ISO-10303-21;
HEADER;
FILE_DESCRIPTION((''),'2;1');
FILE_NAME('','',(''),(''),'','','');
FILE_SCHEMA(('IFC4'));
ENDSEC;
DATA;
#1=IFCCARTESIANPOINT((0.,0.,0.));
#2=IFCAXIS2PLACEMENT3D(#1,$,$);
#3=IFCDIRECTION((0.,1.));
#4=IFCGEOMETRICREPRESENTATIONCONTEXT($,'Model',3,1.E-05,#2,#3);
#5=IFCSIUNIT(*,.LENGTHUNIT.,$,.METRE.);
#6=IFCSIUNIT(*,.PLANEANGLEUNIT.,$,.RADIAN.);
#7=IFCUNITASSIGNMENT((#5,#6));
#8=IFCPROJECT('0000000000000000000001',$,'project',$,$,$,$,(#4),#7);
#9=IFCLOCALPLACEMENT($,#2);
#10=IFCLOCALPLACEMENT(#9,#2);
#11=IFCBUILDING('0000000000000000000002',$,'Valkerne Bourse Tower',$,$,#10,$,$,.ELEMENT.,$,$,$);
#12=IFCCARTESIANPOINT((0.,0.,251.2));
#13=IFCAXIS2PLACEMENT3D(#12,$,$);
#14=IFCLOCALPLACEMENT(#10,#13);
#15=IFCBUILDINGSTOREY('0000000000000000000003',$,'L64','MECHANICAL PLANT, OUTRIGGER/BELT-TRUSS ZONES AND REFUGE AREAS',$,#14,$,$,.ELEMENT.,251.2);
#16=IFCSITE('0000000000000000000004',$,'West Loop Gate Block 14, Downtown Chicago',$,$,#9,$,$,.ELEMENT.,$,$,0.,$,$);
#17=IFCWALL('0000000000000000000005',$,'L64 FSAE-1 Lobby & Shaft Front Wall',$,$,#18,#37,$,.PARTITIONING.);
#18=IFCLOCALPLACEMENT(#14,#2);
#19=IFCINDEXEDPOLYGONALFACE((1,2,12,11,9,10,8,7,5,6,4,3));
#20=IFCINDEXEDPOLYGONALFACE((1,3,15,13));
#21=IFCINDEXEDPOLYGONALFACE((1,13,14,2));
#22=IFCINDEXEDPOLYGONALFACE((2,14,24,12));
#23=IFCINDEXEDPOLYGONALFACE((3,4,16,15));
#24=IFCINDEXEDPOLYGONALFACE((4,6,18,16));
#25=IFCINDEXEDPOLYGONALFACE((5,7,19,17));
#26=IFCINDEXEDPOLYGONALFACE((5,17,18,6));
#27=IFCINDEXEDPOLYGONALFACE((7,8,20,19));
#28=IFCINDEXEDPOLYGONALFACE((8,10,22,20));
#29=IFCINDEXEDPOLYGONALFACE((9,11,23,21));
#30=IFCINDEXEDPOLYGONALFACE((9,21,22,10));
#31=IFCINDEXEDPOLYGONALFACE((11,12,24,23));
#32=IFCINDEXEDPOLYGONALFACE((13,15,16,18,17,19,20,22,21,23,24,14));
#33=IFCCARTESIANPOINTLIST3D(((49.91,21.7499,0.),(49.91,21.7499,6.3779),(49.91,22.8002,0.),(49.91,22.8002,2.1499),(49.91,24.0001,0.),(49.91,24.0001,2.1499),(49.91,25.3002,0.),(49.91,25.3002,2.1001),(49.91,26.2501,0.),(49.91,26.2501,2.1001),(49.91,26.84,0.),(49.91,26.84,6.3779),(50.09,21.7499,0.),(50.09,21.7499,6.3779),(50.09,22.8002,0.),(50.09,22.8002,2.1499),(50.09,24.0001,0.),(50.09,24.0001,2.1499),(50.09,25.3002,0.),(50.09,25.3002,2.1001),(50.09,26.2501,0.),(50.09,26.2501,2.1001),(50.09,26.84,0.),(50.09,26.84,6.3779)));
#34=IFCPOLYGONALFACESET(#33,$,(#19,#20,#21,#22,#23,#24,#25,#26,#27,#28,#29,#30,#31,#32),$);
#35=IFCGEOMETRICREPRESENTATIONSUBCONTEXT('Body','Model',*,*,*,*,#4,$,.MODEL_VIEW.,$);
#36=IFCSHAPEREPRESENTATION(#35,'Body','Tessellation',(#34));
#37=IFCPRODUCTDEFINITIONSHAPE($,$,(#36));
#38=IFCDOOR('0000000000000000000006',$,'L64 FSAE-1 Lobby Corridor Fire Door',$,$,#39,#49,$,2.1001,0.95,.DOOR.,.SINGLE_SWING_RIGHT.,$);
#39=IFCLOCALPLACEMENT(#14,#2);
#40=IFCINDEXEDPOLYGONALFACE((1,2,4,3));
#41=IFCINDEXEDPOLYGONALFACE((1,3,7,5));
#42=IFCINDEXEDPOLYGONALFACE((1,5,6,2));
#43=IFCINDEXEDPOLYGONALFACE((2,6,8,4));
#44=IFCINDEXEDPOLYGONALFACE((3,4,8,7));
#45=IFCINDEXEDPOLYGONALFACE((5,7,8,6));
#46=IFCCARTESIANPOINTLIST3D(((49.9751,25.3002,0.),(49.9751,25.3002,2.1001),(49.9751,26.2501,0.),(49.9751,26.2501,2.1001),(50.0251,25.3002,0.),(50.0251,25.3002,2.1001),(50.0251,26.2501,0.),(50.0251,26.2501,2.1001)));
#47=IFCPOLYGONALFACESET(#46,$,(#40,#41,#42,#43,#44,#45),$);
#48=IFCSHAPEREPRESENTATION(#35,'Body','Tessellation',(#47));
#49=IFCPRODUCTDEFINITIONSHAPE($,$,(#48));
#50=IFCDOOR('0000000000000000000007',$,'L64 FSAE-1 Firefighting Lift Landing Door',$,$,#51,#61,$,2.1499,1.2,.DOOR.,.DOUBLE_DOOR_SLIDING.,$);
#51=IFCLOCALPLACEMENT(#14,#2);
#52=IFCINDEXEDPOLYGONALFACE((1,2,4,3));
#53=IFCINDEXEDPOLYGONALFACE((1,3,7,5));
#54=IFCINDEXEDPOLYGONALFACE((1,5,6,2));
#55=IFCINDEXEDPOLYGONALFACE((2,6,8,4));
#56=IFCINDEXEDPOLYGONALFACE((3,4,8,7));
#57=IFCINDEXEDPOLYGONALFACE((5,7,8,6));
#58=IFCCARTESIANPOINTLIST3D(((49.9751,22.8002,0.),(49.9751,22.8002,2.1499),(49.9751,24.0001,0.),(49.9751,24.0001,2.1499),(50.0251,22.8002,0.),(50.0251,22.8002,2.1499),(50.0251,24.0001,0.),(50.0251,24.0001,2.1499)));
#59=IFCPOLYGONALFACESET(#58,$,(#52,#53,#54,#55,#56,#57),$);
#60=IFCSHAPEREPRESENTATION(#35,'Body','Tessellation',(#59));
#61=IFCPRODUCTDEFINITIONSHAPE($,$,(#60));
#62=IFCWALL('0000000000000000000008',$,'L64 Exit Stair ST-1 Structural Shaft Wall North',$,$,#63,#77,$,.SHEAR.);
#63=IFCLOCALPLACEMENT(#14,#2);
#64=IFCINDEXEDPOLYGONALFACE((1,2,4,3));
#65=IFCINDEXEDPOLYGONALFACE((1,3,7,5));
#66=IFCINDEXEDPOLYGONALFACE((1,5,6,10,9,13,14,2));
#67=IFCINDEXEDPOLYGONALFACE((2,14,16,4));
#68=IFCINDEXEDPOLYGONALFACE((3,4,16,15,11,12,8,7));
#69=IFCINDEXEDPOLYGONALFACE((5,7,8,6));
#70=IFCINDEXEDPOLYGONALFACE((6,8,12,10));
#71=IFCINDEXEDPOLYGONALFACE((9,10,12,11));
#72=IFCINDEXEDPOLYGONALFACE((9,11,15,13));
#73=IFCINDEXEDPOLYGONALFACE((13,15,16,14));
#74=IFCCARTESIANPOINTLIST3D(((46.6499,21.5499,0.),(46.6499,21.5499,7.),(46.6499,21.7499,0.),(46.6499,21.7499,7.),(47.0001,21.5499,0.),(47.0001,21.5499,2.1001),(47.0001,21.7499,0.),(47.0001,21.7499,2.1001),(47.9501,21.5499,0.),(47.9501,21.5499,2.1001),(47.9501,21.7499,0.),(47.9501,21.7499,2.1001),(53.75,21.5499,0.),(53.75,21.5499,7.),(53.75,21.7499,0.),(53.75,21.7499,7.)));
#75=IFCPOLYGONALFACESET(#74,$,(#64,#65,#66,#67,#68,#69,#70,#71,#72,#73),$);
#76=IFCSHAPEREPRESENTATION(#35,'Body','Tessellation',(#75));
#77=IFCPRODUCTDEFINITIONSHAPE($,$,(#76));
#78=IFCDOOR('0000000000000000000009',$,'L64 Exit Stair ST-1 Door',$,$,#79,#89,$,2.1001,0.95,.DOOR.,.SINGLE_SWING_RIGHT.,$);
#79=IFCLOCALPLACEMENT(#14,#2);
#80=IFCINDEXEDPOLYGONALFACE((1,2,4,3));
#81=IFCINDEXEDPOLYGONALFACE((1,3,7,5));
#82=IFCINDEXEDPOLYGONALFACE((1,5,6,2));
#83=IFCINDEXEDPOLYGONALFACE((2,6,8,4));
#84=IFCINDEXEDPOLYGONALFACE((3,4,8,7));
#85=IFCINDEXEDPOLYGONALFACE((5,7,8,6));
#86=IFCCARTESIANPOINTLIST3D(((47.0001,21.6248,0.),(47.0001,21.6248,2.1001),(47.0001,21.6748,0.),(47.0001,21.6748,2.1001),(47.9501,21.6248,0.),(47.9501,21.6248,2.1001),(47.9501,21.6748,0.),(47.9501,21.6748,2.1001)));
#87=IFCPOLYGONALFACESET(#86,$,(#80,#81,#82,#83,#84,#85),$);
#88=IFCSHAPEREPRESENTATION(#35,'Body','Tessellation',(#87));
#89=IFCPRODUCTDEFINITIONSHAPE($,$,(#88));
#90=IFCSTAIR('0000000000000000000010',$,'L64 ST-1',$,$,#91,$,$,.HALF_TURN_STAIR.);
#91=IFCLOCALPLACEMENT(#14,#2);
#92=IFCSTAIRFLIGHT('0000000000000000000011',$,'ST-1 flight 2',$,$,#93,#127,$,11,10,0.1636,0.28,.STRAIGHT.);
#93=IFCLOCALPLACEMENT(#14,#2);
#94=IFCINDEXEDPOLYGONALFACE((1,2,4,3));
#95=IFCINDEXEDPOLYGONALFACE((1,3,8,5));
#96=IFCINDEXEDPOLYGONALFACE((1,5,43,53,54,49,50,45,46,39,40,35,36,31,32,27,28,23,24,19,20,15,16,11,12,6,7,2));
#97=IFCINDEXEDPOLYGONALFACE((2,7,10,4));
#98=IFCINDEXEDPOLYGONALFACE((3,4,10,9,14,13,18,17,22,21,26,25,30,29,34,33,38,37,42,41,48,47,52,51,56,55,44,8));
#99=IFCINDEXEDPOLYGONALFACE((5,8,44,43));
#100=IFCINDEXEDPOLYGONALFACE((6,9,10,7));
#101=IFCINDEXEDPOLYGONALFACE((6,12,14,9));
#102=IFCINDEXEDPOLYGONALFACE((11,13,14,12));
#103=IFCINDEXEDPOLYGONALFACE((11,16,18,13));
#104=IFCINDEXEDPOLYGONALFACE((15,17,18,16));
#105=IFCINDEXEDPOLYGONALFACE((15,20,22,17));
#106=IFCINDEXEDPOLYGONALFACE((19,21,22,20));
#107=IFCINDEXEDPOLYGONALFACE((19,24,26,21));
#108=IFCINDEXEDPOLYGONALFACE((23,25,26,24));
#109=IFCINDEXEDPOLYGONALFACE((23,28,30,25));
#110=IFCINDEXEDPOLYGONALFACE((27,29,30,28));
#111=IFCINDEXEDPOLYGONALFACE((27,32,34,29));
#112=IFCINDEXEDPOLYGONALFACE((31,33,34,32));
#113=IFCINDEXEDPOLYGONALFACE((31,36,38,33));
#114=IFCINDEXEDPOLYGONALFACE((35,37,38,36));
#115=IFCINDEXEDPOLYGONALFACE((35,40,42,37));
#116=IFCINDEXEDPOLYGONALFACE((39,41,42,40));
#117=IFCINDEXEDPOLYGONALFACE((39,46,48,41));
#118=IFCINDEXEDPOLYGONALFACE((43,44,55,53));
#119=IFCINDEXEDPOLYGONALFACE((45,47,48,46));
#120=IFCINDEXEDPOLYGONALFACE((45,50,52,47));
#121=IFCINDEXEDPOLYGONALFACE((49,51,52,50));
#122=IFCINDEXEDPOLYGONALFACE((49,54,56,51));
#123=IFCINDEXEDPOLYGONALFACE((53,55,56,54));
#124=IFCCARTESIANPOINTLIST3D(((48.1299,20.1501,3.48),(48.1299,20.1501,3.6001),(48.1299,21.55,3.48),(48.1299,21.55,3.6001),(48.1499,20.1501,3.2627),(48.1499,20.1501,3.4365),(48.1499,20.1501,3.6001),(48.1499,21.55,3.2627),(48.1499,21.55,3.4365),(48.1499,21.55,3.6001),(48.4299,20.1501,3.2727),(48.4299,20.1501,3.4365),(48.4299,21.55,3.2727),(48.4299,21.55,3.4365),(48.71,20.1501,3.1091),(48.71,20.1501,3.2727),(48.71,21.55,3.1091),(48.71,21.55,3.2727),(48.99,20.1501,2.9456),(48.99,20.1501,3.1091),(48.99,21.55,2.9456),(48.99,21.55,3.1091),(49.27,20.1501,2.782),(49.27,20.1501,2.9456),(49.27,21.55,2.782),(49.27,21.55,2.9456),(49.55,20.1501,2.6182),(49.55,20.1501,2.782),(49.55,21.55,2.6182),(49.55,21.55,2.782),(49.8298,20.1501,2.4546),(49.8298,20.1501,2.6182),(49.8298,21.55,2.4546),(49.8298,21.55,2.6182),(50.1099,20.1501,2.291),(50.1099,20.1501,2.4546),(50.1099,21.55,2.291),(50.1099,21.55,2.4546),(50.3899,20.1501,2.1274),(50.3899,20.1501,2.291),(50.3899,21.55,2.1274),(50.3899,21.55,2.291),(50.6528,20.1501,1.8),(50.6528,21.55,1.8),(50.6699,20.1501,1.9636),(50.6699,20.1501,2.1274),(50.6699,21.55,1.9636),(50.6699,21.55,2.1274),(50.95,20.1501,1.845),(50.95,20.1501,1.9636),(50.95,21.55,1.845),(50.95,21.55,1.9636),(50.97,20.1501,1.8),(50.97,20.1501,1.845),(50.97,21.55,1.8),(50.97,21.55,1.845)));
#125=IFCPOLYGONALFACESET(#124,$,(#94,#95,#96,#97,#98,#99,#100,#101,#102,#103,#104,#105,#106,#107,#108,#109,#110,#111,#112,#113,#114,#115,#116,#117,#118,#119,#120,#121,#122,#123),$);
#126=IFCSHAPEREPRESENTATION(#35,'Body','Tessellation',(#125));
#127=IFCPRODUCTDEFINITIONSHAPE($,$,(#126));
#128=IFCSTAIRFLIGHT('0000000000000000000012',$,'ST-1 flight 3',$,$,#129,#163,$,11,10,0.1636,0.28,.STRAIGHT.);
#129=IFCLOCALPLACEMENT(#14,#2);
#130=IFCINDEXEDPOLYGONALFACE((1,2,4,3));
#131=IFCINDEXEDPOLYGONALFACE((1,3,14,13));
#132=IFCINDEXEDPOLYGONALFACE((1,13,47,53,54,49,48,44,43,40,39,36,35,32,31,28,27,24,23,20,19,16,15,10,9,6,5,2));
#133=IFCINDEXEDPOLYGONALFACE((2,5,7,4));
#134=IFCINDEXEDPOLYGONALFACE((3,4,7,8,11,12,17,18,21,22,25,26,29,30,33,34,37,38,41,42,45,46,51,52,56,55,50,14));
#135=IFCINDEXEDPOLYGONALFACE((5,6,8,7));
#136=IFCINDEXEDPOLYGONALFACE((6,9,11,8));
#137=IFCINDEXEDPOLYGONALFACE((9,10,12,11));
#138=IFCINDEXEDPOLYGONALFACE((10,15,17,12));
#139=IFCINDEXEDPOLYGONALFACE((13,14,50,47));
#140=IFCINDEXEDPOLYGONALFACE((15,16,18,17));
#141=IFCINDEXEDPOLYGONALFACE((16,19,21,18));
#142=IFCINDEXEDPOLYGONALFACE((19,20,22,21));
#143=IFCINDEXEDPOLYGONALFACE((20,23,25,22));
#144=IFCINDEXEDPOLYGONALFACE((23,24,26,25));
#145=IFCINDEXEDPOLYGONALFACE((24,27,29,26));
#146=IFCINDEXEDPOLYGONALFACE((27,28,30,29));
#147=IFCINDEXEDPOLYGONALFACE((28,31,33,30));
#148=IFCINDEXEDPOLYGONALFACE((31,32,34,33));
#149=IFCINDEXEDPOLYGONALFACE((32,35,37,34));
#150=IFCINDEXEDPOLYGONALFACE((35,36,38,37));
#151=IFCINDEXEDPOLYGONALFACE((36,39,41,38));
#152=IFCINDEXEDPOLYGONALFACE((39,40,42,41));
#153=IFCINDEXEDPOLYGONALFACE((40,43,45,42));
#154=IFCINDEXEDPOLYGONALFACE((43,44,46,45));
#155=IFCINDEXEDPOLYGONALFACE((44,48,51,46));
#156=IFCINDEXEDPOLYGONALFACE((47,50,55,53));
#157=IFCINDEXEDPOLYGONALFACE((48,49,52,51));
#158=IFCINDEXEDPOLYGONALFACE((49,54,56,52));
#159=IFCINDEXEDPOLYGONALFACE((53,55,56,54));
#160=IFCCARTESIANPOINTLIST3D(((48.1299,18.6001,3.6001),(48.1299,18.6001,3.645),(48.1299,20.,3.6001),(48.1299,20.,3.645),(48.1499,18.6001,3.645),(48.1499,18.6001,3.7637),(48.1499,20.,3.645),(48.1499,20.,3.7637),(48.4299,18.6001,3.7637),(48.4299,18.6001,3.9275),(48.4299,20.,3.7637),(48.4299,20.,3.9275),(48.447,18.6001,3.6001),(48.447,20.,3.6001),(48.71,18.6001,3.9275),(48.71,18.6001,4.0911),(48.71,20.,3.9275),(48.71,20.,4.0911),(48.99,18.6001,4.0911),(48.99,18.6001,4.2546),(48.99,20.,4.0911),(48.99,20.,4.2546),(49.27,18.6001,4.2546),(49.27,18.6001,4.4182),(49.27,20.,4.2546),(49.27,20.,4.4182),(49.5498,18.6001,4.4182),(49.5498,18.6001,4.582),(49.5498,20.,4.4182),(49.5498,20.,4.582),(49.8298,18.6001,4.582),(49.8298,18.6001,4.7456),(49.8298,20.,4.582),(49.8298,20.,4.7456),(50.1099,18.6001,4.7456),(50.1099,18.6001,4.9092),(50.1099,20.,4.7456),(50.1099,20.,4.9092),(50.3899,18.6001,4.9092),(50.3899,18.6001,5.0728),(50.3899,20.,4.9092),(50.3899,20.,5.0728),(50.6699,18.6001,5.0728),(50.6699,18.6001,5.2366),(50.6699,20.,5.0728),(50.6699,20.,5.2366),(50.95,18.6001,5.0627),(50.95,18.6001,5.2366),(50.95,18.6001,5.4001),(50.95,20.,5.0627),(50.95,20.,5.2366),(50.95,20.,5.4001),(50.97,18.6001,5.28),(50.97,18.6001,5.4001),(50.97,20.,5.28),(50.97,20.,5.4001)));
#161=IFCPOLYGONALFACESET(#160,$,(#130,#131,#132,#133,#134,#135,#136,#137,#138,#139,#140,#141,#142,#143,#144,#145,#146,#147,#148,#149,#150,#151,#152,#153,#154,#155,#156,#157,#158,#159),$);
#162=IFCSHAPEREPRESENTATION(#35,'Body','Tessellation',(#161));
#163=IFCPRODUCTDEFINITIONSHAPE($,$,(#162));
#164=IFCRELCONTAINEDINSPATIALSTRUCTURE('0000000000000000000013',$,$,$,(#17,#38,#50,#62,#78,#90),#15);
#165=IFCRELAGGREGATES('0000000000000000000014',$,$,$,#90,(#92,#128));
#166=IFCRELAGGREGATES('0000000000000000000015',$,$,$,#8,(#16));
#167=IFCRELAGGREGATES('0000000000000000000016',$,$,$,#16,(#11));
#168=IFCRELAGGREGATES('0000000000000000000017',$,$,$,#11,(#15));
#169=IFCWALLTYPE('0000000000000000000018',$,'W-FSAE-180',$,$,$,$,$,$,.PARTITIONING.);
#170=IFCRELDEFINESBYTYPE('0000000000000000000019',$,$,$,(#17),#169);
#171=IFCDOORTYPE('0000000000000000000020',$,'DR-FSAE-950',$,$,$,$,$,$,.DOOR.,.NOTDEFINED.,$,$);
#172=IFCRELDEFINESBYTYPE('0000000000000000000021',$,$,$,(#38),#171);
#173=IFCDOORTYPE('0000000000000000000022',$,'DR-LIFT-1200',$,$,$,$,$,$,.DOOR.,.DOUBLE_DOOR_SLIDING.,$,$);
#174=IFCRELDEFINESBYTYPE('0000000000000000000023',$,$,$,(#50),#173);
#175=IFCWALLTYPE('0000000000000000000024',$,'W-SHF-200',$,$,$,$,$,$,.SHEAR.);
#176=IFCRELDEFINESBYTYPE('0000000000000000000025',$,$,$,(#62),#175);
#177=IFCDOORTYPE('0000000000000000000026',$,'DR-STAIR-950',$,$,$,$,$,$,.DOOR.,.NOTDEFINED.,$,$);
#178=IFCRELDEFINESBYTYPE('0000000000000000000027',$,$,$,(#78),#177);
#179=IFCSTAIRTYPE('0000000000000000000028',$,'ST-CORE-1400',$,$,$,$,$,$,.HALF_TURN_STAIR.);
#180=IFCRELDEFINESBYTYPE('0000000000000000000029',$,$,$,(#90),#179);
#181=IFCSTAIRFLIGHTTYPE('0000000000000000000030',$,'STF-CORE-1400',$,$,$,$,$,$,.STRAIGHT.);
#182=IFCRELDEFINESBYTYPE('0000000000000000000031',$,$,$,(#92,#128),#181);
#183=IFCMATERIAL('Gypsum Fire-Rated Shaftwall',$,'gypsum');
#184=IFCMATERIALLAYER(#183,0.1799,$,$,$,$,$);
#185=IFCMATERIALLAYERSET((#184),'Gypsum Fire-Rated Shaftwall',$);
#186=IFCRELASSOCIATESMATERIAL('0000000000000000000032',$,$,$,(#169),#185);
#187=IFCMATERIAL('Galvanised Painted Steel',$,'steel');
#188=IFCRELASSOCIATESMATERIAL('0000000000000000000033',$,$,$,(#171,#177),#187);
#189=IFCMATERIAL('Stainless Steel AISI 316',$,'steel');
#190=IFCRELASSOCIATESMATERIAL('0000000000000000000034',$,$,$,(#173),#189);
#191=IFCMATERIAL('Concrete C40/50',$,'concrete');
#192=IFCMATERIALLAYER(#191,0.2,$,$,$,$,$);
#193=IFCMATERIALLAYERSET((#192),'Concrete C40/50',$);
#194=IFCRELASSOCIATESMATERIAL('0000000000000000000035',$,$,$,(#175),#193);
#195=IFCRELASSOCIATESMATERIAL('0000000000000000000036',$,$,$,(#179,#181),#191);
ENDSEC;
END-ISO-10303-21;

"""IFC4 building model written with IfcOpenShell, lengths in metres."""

from ifc_helpers import new_model, si_unit, direction, frame, frame_2d, origin, place, context, subcontext, project, spatial, polyline, rectangle, outline, extrude, material, layer, layer_set, type_object, element, fill, aggregate, save


model = new_model("IFC4")

# Units and contexts
model_context = context("Model", 3, precision=1e-05, world=origin(), true_north=direction((0.0, 1.0)))
body_context = subcontext(model_context, "Body", "Model", "MODEL_VIEW")
ifc_project = project(units=[si_unit("LENGTHUNIT", "METRE"), si_unit("PLANEANGLEUNIT", "RADIAN")], contexts=[model_context])

# Site, building, storey
site_placement = place(None, origin())
site = spatial("IfcSite", under=ifc_project, at=site_placement, Name="West Loop Gate Block 14, Downtown Chicago", CompositionType="ELEMENT", RefElevation=0.0)
building_placement = place(site_placement, origin())
building = spatial("IfcBuilding", under=site, at=building_placement, Name="Valkerne Bourse Tower", CompositionType="ELEMENT")
storey_placement = place(building_placement, frame((0.0, 0.0, 251.2)))
storey = spatial("IfcBuildingStorey", under=building, at=storey_placement, Name="L64", Description="MECHANICAL PLANT, OUTRIGGER/BELT-TRUSS ZONES AND REFUGE AREAS", CompositionType="ELEMENT", Elevation=251.2)

# Shared definitions
ifc_material_1 = material(Name="Gypsum Fire-Rated Shaftwall", Category="gypsum")
ifc_layer_1 = layer(ifc_material_1, 0.1799)
ifc_layer_set_1 = layer_set([ifc_layer_1], Name="Gypsum Fire-Rated Shaftwall")
wall_type_1 = type_object("IfcWallType", Name="W-FSAE-180", PredefinedType="PARTITIONING", material=ifc_layer_set_1)

# Wall, openings, doors
wall_1_placement = place(storey_placement, frame((50.0, 21.75, 0.0), z_axis=(0.0, 0.0, 1.0), x_axis=(0.0, 1.0, 0.0)))
wall_1 = element("IfcWall", 1, at=wall_1_placement, inside=storey, type_object=wall_type_1, Name="L64 FSAE-1 Lobby & Shaft Front Wall", PredefinedType="PARTITIONING", context=body_context, shape_type="SweptSolid", body=[
    extrude(rectangle(XDim=5.0901, YDim=0.1799, at=frame_2d((2.5449, 0.0))), origin(), (0.0, 0.0, 1.0), 6.3779),
])
opening_1_placement = place(wall_1_placement, frame((1.05, 0.0, 0.0)))
opening_1 = element("IfcOpeningElement", 2, at=opening_1_placement, cuts=wall_1, PredefinedType="OPENING", context=body_context, shape_type="SweptSolid", body=[
    extrude(rectangle(XDim=1.2, YDim=2.1499, at=frame_2d((0.6001, 1.075))), frame((0.0, 0.0999, 0.0), z_axis=(0.0, -1.0, 0.0), x_axis=(1.0, 0.0, 0.0)), (0.0, 0.0, 1.0), 0.2),
])
opening_2_placement = place(wall_1_placement, frame((3.55, 0.0, 0.0)))
opening_2 = element("IfcOpeningElement", 3, at=opening_2_placement, cuts=wall_1, PredefinedType="OPENING", context=body_context, shape_type="SweptSolid", body=[
    extrude(rectangle(XDim=0.95, YDim=2.1001, at=frame_2d((0.4751, 1.05))), frame((0.0, 0.0999, 0.0), z_axis=(0.0, -1.0, 0.0), x_axis=(1.0, 0.0, 0.0)), (0.0, 0.0, 1.0), 0.2),
])
ifc_material_2 = material(Name="Galvanised Painted Steel", Category="steel")
door_type_1 = type_object("IfcDoorType", Name="DR-FSAE-950", OperationType="NOTDEFINED", PredefinedType="DOOR", material=ifc_material_2)
door_1_placement = place(opening_2_placement, origin())
door_1 = element("IfcDoor", 4, at=door_1_placement, inside=storey, type_object=door_type_1, Name="L64 FSAE-1 Lobby Corridor Fire Door", OperationType="SINGLE_SWING_RIGHT", OverallHeight=2.1001, OverallWidth=0.95, PredefinedType="DOOR", context=body_context, shape_type="SweptSolid", body=[
    extrude(rectangle(XDim=0.95, YDim=2.1001, at=frame_2d((0.4751, 1.05))), frame((0.0, 0.0249, 0.0), z_axis=(0.0, -1.0, 0.0), x_axis=(1.0, 0.0, 0.0)), (0.0, 0.0, 1.0), 0.05),
])
fill(opening_2, door_1)
ifc_material_3 = material(Name="Stainless Steel AISI 316", Category="steel")
door_type_2 = type_object("IfcDoorType", Name="DR-LIFT-1200", OperationType="DOUBLE_DOOR_SLIDING", PredefinedType="DOOR", material=ifc_material_3)
door_2_placement = place(opening_1_placement, origin())
door_2 = element("IfcDoor", 5, at=door_2_placement, inside=storey, type_object=door_type_2, Name="L64 FSAE-1 Firefighting Lift Landing Door", OperationType="DOUBLE_DOOR_SLIDING", OverallHeight=2.1499, OverallWidth=1.2, PredefinedType="DOOR", context=body_context, shape_type="SweptSolid", body=[
    extrude(rectangle(XDim=1.2, YDim=2.1499, at=frame_2d((0.6001, 1.075))), frame((0.0, 0.0249, 0.0), z_axis=(0.0, -1.0, 0.0), x_axis=(1.0, 0.0, 0.0)), (0.0, 0.0, 1.0), 0.05),
])
fill(opening_1, door_2)

# Wall, opening, door
ifc_material_4 = material(Name="Concrete C40/50", Category="concrete")
ifc_layer_2 = layer(ifc_material_4, 0.2)
ifc_layer_set_2 = layer_set([ifc_layer_2], Name="Concrete C40/50")
wall_type_2 = type_object("IfcWallType", Name="W-SHF-200", PredefinedType="SHEAR", material=ifc_layer_set_2)
wall_2_placement = place(storey_placement, frame((46.6499, 21.6499, 0.0), z_axis=(0.0, 0.0, 1.0), x_axis=(1.0, 0.0, 0.0)))
wall_2 = element("IfcWall", 6, at=wall_2_placement, inside=storey, type_object=wall_type_2, Name="L64 Exit Stair ST-1 Structural Shaft Wall North", PredefinedType="SHEAR", context=body_context, shape_type="SweptSolid", body=[
    extrude(rectangle(XDim=7.1001, YDim=0.2, at=frame_2d((3.55, 0.0))), origin(), (0.0, 0.0, 1.0), 7.0),
])
opening_3_placement = place(wall_2_placement, frame((0.3501, 0.0, 0.0)))
opening_3 = element("IfcOpeningElement", 7, at=opening_3_placement, cuts=wall_2, PredefinedType="OPENING", context=body_context, shape_type="SweptSolid", body=[
    extrude(rectangle(XDim=0.95, YDim=2.1001, at=frame_2d((0.4751, 1.05))), frame((0.0, 0.1099, 0.0), z_axis=(0.0, -1.0, 0.0), x_axis=(1.0, 0.0, 0.0)), (0.0, 0.0, 1.0), 0.22),
])
door_type_3 = type_object("IfcDoorType", Name="DR-STAIR-950", OperationType="NOTDEFINED", PredefinedType="DOOR", material=ifc_material_2)
door_3_placement = place(opening_3_placement, origin())
door_3 = element("IfcDoor", 8, at=door_3_placement, inside=storey, type_object=door_type_3, Name="L64 Exit Stair ST-1 Door", OperationType="SINGLE_SWING_RIGHT", OverallHeight=2.1001, OverallWidth=0.95, PredefinedType="DOOR", context=body_context, shape_type="SweptSolid", body=[
    extrude(rectangle(XDim=0.95, YDim=2.1001, at=frame_2d((0.4751, 1.05))), frame((0.0, 0.0249, 0.0), z_axis=(0.0, -1.0, 0.0), x_axis=(1.0, 0.0, 0.0)), (0.0, 0.0, 1.0), 0.05),
])
fill(opening_3, door_3)

# Stair, stair flights
stair_type = type_object("IfcStairType", Name="ST-CORE-1400", PredefinedType="HALF_TURN_STAIR", material=ifc_material_4)
stair_placement = place(storey_placement, origin())
stair = element("IfcStair", 9, at=stair_placement, inside=storey, type_object=stair_type, Name="L64 ST-1", PredefinedType="HALF_TURN_STAIR")
stair_flight_type = type_object("IfcStairFlightType", Name="STF-CORE-1400", PredefinedType="STRAIGHT", material=ifc_material_4)
stair_flight_1_placement = place(storey_placement, frame((50.95, 20.8501, 1.8), z_axis=(0.0, 0.0, 1.0), x_axis=(-1.0, 0.0, 0.0)))
stair_flight_1 = element("IfcStairFlight", 10, at=stair_flight_1_placement, type_object=stair_flight_type, Name="ST-1 flight 2", NumberOfRisers=11, NumberOfTreads=10, PredefinedType="STRAIGHT", RiserHeight=0.1636, TreadLength=0.28, context=body_context, shape_type="SweptSolid", body=[
    extrude(outline(polyline([(-0.02, 0.0), (-0.02, 0.0449), (0.0, 0.0449), (0.0, 0.1636), (0.28, 0.1636), (0.28, 0.3274), (0.5601, 0.3274), (0.5601, 0.491), (0.8401, 0.491), (0.8401, 0.6545), (1.1201, 0.6545), (1.1201, 0.8181), (1.3999, 0.8181), (1.3999, 0.9819), (1.6799, 0.9819), (1.6799, 1.1455), (1.96, 1.1455), (1.96, 1.3091), (2.24, 1.3091), (2.24, 1.4727), (2.52, 1.4727), (2.52, 1.6365), (2.8, 1.6365), (2.8, 1.8), (2.8201, 1.8), (2.8201, 1.6799), (2.8, 1.4626), (0.2971, 0.0), (-0.02, 0.0)])), frame((0.0, 0.7, 0.0), z_axis=(0.0, -1.0, 0.0), x_axis=(1.0, 0.0, 0.0)), (0.0, 0.0, 1.0), 1.3999),
])
stair_flight_2_placement = place(storey_placement, frame((48.1499, 19.3, 3.6001), z_axis=(0.0, 0.0, 1.0), x_axis=(1.0, 0.0, 0.0)))
stair_flight_2 = element("IfcStairFlight", 11, at=stair_flight_2_placement, type_object=stair_flight_type, Name="ST-1 flight 3", NumberOfRisers=11, NumberOfTreads=10, PredefinedType="STRAIGHT", RiserHeight=0.1636, TreadLength=0.28, context=body_context, shape_type="SweptSolid", body=[
    extrude(outline(polyline([(-0.02, 0.0), (-0.02, 0.0449), (0.0, 0.0449), (0.0, 0.1636), (0.28, 0.1636), (0.28, 0.3274), (0.5601, 0.3274), (0.5601, 0.491), (0.8401, 0.491), (0.8401, 0.6545), (1.1201, 0.6545), (1.1201, 0.8181), (1.3999, 0.8181), (1.3999, 0.9819), (1.6799, 0.9819), (1.6799, 1.1455), (1.96, 1.1455), (1.96, 1.3091), (2.24, 1.3091), (2.24, 1.4727), (2.52, 1.4727), (2.52, 1.6365), (2.8, 1.6365), (2.8, 1.8), (2.8201, 1.8), (2.8201, 1.6799), (2.8, 1.4626), (0.2971, 0.0), (-0.02, 0.0)])), frame((0.0, 0.7, 0.0), z_axis=(0.0, -1.0, 0.0), x_axis=(1.0, 0.0, 0.0)), (0.0, 0.0, 1.0), 1.3999),
])
aggregate(stair, [stair_flight_1, stair_flight_2])

save(model, "model.ifc")
